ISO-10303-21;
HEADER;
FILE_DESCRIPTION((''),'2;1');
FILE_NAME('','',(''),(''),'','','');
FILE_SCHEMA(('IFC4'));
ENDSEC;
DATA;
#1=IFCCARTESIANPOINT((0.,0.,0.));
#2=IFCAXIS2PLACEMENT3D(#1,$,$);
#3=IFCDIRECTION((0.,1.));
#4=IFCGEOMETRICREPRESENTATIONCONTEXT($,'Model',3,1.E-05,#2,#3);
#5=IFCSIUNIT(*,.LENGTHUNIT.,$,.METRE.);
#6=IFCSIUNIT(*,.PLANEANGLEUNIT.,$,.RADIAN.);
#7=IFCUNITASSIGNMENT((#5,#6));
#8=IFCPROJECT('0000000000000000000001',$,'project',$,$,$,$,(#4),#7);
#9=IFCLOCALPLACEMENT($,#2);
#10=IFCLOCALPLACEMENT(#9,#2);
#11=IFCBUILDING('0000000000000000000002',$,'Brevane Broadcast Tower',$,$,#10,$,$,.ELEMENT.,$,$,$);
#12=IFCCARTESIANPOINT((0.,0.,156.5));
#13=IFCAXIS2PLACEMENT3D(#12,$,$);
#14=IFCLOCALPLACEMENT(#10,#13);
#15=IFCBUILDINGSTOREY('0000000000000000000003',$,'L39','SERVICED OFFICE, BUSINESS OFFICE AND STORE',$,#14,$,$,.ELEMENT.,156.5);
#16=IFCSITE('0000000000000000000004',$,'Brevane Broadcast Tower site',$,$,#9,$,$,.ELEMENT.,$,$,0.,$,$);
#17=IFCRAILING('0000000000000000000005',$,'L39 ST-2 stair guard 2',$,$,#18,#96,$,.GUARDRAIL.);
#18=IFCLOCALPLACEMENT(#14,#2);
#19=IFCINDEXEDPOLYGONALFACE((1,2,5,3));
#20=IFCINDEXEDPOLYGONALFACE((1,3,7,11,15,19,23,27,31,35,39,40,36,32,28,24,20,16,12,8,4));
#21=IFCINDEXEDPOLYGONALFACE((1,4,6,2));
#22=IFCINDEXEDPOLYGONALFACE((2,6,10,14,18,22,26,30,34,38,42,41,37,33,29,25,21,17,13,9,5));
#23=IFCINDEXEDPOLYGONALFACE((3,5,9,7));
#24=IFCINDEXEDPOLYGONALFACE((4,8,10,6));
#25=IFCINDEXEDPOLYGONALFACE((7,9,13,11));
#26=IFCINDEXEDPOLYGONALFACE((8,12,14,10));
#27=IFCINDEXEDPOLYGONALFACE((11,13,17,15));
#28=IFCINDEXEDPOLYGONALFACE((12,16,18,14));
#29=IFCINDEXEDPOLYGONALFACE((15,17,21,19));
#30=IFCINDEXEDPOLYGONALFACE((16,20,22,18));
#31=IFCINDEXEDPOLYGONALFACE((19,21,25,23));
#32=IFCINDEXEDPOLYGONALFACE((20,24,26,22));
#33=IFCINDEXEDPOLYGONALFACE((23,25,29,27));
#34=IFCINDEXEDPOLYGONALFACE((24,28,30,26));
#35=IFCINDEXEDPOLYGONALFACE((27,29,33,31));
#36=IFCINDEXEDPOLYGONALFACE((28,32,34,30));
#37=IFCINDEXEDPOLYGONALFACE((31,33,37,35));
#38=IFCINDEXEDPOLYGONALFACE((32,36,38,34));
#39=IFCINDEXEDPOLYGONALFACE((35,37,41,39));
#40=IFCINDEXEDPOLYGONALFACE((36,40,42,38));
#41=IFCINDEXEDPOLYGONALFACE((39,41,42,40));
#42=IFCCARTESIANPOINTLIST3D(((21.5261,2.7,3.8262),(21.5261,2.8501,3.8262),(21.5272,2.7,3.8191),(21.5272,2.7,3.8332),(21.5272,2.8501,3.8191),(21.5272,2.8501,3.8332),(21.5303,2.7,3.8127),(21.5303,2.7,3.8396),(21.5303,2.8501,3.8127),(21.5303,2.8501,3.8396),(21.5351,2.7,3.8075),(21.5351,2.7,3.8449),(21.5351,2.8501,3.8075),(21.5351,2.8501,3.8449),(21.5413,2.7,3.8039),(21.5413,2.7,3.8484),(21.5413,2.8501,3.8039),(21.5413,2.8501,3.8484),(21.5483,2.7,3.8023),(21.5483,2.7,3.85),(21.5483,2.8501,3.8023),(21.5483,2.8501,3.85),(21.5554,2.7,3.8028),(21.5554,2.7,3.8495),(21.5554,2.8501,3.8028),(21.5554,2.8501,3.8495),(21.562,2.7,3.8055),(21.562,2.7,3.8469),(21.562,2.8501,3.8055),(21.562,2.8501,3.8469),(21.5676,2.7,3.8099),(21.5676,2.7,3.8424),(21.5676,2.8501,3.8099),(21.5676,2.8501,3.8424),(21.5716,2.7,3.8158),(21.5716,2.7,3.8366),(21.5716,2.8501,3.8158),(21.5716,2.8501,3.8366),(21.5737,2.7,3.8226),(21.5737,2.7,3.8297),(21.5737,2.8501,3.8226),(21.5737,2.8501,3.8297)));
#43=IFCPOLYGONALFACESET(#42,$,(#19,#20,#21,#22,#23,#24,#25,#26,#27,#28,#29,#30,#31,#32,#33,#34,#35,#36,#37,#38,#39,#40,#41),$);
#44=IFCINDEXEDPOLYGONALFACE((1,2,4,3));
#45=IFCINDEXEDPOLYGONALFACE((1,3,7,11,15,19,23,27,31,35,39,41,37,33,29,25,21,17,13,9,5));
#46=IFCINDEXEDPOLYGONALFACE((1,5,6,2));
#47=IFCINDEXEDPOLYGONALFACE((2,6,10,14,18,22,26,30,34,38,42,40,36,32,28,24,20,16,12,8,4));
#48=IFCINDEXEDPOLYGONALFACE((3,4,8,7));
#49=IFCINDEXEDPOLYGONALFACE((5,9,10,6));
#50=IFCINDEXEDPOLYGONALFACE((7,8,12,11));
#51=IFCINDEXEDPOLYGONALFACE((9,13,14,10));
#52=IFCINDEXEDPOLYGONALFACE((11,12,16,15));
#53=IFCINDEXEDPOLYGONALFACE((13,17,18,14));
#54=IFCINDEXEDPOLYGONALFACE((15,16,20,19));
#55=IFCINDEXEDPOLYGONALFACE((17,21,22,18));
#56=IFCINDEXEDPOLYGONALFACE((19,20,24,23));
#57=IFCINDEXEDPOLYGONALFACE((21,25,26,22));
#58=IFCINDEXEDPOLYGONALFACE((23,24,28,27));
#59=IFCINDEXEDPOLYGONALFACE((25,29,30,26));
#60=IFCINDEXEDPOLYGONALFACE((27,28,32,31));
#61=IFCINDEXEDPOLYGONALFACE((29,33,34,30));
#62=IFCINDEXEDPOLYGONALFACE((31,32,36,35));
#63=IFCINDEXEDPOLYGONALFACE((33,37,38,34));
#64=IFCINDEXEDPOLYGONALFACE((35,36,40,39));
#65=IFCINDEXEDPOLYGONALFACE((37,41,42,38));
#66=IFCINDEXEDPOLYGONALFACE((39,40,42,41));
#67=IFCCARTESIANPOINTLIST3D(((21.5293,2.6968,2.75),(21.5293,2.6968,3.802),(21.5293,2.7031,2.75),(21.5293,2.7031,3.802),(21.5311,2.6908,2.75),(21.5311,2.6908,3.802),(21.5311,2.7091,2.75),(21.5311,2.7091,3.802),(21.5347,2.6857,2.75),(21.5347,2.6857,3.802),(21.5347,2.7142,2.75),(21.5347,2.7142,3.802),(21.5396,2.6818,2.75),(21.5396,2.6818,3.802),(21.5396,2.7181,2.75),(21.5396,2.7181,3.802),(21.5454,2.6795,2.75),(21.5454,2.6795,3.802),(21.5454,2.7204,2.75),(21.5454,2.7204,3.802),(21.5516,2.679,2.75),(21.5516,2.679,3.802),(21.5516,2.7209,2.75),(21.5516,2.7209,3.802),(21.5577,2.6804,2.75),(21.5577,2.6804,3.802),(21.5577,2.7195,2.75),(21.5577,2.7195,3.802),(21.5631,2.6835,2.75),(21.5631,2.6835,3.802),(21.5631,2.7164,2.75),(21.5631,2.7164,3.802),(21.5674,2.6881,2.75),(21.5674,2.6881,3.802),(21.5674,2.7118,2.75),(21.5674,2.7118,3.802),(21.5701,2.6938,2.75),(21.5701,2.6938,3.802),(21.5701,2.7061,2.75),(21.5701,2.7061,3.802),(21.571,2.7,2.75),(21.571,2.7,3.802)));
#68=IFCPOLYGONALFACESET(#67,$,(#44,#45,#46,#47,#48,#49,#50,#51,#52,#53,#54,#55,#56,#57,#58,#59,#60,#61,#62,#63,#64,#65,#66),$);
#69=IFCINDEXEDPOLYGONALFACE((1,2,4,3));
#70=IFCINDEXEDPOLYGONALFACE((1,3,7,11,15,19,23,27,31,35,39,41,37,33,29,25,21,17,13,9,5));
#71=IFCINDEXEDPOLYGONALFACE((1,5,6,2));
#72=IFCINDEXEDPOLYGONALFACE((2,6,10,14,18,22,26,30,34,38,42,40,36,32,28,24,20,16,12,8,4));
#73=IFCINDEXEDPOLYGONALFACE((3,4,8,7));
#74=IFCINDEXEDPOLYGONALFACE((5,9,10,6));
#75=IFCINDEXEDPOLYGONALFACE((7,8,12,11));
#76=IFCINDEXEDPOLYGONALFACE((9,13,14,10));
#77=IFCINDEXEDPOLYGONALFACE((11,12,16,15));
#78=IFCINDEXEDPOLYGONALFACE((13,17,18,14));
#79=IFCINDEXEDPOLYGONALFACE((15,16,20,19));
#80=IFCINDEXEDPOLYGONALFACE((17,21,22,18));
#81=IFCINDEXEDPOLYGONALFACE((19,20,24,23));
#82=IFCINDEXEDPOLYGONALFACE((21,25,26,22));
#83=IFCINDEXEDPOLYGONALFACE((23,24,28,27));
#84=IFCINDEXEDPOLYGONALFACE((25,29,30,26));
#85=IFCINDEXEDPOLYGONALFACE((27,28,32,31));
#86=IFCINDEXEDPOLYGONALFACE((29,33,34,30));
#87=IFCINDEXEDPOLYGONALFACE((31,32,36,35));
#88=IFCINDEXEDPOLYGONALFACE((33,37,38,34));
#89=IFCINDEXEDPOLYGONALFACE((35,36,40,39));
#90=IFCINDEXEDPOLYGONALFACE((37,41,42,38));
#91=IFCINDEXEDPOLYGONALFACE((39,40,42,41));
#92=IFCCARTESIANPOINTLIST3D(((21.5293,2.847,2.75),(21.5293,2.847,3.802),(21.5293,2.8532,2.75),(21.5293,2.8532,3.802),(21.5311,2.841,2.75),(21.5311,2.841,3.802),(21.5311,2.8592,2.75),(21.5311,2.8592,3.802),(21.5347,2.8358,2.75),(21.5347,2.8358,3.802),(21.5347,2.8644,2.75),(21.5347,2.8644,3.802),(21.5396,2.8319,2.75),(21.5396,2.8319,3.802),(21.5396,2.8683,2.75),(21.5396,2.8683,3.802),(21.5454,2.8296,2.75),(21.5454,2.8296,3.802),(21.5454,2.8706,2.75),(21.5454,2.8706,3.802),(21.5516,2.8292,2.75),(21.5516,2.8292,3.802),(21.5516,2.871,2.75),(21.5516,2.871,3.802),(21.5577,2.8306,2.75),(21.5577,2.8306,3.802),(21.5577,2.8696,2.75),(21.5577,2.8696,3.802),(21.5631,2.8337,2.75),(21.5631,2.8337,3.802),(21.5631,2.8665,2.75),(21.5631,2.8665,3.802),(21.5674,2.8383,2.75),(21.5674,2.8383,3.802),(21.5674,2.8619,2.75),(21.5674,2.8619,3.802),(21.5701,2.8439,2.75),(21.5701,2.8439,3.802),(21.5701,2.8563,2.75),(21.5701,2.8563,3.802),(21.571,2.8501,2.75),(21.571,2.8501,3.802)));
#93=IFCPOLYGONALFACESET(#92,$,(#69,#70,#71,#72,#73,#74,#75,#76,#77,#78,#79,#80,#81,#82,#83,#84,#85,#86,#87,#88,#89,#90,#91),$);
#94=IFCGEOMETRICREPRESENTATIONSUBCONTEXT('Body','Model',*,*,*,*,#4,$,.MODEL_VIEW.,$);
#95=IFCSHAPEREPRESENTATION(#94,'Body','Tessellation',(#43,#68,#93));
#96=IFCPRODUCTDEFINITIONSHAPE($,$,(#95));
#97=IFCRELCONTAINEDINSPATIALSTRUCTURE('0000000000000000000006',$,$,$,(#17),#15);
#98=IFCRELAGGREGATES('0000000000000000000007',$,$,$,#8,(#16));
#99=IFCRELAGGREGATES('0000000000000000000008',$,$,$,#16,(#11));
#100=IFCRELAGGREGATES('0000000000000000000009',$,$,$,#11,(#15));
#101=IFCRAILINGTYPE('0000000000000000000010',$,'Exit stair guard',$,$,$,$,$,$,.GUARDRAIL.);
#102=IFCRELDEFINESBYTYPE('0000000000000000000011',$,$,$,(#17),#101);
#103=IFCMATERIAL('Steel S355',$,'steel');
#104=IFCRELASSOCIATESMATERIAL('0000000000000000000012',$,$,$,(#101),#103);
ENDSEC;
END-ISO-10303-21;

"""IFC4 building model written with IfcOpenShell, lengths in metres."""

from ifc_helpers import new_model, si_unit, direction, frame, origin, origin_2d, place, context, subcontext, project, spatial, circle, extrude, material, type_object, element, save


model = new_model("IFC4")

# Units and contexts
model_context = context("Model", 3, precision=1e-05, world=origin(), true_north=direction((0.0, 1.0)))
body_context = subcontext(model_context, "Body", "Model", "MODEL_VIEW")
ifc_project = project(units=[si_unit("LENGTHUNIT", "METRE"), si_unit("PLANEANGLEUNIT", "RADIAN")], contexts=[model_context])

# Site, building, storey
site_placement = place(None, origin())
site = spatial("IfcSite", under=ifc_project, at=site_placement, Name="Brevane Broadcast Tower site", CompositionType="ELEMENT", RefElevation=0.0)
building_placement = place(site_placement, origin())
building = spatial("IfcBuilding", under=site, at=building_placement, Name="Brevane Broadcast Tower", CompositionType="ELEMENT")
storey_placement = place(building_placement, frame((0.0, 0.0, 156.5)))
storey = spatial("IfcBuildingStorey", under=building, at=storey_placement, Name="L39", Description="SERVICED OFFICE, BUSINESS OFFICE AND STORE", CompositionType="ELEMENT", Elevation=156.5)

# Railing
ifc_material_1 = material(Name="Steel S355", Category="steel")
railing_type_1 = type_object("IfcRailingType", Name="Exit stair guard", PredefinedType="GUARDRAIL", material=ifc_material_1)
railing_1_placement = place(storey_placement, frame((21.55, 2.7, 2.75)))
element("IfcRailing", 1, at=railing_1_placement, inside=storey, type_object=railing_type_1, Name="L39 ST-2 stair guard 2", PredefinedType="GUARDRAIL", context=body_context, shape_type="SweptSolid", body=[
    extrude(circle(Radius=0.0239, at=origin_2d()), frame((0.0, 0.0, 1.0762), z_axis=(0.0, 1.0, 0.0), x_axis=(-1.0, 0.0, 0.0)), (0.0, 0.0, 1.0), 0.1501),
    extrude(circle(Radius=0.021, at=origin_2d()), origin(), (0.0, 0.0, 1.0), 1.052),
    extrude(circle(Radius=0.021, at=origin_2d()), frame((0.0, 0.1501, 0.0)), (0.0, 0.0, 1.0), 1.052),
])

save(model, "model.ifc")
